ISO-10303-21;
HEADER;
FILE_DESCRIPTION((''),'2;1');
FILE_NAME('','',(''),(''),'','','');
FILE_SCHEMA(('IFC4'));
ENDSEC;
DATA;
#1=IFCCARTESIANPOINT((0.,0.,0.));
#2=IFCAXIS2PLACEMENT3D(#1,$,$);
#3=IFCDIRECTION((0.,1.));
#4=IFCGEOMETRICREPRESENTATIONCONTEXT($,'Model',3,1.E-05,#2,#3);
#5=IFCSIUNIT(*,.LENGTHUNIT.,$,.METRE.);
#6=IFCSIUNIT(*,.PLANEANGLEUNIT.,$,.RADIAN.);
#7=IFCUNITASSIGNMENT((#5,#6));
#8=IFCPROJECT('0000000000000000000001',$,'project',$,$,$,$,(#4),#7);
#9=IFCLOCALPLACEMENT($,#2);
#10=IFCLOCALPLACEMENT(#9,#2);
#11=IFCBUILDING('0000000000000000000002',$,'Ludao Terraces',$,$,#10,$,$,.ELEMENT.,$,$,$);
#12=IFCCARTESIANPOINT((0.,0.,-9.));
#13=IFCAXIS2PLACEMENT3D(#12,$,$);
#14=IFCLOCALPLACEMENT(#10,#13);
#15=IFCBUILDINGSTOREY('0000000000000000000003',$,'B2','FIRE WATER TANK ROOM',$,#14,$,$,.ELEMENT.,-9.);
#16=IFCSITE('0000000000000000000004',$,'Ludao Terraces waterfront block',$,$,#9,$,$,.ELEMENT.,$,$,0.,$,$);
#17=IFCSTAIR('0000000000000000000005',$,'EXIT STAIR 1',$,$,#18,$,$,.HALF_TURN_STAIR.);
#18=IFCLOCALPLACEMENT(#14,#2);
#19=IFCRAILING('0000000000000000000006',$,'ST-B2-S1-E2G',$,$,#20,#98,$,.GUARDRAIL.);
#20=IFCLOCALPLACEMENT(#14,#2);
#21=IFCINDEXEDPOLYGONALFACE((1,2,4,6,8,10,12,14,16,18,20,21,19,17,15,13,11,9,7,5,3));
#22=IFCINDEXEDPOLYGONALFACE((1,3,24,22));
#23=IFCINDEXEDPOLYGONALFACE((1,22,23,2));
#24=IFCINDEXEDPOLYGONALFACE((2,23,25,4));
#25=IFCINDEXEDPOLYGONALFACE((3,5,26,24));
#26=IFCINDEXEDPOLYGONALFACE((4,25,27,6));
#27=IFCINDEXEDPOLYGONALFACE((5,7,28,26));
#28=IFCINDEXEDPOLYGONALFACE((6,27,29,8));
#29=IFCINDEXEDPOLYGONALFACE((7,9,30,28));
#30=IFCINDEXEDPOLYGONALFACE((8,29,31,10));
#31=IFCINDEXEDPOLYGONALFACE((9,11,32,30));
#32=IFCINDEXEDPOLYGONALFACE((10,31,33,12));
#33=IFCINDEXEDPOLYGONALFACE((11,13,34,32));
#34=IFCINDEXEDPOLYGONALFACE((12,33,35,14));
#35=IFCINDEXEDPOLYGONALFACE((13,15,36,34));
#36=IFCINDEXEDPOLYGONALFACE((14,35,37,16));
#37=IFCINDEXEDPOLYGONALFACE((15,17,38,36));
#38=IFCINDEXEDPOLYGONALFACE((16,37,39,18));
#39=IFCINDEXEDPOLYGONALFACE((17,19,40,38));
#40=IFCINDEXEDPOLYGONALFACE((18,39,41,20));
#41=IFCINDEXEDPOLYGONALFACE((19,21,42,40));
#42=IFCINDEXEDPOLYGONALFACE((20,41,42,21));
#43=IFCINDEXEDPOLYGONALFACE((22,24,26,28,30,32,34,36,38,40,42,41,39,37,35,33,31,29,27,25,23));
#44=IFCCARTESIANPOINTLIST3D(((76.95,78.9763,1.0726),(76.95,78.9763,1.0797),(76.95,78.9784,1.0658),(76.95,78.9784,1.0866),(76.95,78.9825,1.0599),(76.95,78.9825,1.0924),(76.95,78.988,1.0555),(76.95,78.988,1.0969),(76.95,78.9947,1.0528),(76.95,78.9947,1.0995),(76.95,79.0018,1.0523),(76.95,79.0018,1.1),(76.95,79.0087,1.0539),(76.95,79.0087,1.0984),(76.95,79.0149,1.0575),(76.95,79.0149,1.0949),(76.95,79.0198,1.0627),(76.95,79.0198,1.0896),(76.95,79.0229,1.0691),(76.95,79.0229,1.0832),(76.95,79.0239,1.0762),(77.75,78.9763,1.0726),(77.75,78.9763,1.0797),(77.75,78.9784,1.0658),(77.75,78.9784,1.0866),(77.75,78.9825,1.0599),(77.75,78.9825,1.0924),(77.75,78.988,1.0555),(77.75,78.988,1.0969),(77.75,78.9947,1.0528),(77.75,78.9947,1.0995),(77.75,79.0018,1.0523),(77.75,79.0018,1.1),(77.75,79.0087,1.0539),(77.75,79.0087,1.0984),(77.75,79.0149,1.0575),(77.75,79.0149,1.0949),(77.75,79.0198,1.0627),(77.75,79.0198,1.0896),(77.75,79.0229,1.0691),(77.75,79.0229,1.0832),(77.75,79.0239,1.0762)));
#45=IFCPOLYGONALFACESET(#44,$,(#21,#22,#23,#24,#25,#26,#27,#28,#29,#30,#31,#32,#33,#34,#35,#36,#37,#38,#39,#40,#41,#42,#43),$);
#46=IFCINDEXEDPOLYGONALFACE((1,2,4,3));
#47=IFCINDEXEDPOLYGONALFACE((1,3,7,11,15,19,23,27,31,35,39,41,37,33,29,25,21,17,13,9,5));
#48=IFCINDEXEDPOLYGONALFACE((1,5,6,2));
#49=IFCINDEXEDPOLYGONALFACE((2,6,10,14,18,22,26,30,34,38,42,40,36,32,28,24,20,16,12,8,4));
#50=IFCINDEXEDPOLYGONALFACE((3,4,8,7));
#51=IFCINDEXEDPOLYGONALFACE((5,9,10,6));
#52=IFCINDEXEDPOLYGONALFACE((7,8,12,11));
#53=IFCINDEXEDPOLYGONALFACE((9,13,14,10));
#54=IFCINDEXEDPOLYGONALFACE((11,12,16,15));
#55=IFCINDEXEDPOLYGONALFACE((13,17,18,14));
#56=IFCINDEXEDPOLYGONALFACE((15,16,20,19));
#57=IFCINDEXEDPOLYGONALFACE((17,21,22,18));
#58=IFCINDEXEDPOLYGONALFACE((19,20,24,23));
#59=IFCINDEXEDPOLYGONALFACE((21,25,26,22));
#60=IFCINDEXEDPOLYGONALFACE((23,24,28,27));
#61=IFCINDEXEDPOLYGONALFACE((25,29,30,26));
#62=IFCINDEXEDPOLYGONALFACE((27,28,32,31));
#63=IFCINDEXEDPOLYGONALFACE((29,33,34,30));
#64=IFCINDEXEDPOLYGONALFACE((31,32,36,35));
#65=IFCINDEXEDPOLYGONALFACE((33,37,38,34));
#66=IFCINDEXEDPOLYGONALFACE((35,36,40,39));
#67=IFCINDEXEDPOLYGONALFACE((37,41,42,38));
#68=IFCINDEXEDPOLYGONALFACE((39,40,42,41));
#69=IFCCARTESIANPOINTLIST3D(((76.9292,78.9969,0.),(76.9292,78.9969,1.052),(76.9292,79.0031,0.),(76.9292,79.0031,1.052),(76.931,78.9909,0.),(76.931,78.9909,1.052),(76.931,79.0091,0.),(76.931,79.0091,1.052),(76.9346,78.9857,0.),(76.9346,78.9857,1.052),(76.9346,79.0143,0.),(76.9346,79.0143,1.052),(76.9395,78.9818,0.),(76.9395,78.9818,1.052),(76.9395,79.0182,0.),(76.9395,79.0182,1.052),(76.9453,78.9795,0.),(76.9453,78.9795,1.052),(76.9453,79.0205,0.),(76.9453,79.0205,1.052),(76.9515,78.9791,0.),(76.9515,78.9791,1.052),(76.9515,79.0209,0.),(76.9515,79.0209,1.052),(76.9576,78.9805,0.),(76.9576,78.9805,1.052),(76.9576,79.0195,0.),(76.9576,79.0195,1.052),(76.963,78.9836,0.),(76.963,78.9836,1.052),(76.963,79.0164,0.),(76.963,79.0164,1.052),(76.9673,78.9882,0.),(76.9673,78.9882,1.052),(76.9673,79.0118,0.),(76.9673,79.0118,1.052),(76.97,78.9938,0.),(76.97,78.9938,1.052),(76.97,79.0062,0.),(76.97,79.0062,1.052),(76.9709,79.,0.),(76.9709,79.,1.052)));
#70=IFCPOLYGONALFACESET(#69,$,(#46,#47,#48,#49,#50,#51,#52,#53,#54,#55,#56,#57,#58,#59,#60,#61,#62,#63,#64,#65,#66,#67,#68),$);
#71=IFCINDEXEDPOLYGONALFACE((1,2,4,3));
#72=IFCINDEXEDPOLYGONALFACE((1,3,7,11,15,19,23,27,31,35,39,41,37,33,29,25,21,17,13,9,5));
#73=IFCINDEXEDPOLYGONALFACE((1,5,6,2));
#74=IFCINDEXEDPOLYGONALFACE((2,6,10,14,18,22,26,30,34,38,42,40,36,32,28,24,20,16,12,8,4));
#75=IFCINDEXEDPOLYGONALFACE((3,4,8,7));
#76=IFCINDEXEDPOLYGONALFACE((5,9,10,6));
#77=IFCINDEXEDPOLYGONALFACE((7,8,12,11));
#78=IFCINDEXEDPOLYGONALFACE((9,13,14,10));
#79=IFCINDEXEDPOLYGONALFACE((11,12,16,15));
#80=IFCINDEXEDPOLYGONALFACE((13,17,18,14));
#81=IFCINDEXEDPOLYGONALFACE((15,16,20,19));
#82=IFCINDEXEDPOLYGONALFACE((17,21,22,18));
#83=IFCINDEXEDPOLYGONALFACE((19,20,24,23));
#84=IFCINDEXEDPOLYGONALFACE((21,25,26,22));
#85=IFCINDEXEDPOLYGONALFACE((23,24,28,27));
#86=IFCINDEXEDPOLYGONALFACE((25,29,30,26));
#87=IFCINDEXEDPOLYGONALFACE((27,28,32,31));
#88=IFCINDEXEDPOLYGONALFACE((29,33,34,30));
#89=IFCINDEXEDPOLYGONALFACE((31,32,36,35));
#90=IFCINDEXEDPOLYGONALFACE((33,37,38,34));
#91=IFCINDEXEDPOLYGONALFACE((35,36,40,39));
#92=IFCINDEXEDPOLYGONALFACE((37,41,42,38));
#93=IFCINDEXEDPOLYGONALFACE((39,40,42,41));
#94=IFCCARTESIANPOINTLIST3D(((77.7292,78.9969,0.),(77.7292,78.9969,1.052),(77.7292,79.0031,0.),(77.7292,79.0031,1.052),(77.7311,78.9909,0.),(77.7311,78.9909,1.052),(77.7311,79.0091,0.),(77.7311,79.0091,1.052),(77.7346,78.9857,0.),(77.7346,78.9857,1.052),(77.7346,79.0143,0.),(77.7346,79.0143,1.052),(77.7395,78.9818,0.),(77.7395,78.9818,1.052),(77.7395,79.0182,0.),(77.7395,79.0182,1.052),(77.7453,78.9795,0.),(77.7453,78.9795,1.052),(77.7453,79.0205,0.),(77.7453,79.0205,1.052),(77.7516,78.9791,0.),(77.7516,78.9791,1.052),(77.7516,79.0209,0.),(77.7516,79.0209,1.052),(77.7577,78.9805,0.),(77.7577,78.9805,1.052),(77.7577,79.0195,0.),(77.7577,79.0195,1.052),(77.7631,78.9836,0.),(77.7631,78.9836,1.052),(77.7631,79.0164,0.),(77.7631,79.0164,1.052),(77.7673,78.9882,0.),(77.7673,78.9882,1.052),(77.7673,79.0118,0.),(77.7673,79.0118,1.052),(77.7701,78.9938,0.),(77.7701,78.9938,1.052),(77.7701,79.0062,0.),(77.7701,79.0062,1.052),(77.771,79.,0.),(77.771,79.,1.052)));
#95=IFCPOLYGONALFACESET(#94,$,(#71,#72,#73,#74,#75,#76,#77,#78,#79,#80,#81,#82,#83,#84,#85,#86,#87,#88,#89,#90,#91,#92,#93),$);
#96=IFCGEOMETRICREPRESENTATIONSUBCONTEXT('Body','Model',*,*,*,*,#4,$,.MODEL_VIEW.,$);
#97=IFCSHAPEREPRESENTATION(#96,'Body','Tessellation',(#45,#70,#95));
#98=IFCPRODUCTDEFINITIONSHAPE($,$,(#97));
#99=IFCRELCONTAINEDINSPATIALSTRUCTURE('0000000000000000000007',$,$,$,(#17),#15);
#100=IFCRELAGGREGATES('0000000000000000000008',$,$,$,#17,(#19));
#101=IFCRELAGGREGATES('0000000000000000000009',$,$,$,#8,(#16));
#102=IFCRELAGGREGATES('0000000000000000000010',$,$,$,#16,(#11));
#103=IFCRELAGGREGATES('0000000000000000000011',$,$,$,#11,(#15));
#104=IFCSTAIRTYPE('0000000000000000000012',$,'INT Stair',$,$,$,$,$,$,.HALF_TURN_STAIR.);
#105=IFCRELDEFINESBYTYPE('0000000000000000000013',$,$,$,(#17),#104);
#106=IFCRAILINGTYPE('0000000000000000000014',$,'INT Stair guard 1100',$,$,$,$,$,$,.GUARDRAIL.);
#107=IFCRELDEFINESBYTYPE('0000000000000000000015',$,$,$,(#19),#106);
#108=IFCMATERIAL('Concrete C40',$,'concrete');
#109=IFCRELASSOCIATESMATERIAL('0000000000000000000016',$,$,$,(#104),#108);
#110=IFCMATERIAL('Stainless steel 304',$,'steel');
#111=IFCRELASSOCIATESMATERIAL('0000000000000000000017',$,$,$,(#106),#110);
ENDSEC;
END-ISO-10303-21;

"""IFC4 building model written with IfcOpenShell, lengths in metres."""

from ifc_helpers import new_model, si_unit, direction, frame, origin, origin_2d, place, context, subcontext, project, spatial, circle, extrude, material, type_object, element, aggregate, save


model = new_model("IFC4")

# Units and contexts
model_context = context("Model", 3, precision=1e-05, world=origin(), true_north=direction((0.0, 1.0)))
body_context = subcontext(model_context, "Body", "Model", "MODEL_VIEW")
ifc_project = project(units=[si_unit("LENGTHUNIT", "METRE"), si_unit("PLANEANGLEUNIT", "RADIAN")], contexts=[model_context])

# Site, building, storey
site_placement = place(None, origin())
site = spatial("IfcSite", under=ifc_project, at=site_placement, Name="Ludao Terraces waterfront block", CompositionType="ELEMENT", RefElevation=0.0)
building_placement = place(site_placement, origin())
building = spatial("IfcBuilding", under=site, at=building_placement, Name="Ludao Terraces", CompositionType="ELEMENT")
storey_placement = place(building_placement, frame((0.0, 0.0, -9.0)))
storey = spatial("IfcBuildingStorey", under=building, at=storey_placement, Name="B2", Description="FIRE WATER TANK ROOM", CompositionType="ELEMENT", Elevation=-9.0)

# Shared definitions
ifc_material_1 = material(Name="Concrete C40", Category="concrete")

# Shared definitions
ifc_material_2 = material(Name="Stainless steel 304", Category="steel")

# Stair, railing
stair_type = type_object("IfcStairType", Name="INT Stair", PredefinedType="HALF_TURN_STAIR", material=ifc_material_1)
stair_placement = place(storey_placement, origin())
stair = element("IfcStair", 1, at=stair_placement, inside=storey, type_object=stair_type, Name="EXIT STAIR 1", PredefinedType="HALF_TURN_STAIR")
railing_type_1 = type_object("IfcRailingType", Name="INT Stair guard 1100", PredefinedType="GUARDRAIL", material=ifc_material_2)
railing_1_placement = place(storey_placement, frame((76.95, 79.0, 0.0)))
railing_1 = element("IfcRailing", 2, at=railing_1_placement, type_object=railing_type_1, Name="ST-B2-S1-E2G", PredefinedType="GUARDRAIL", context=body_context, shape_type="SweptSolid", body=[
    extrude(circle(Radius=0.0239, at=origin_2d()), frame((0.0, 0.0, 1.0762), z_axis=(1.0, 0.0, 0.0), x_axis=(0.0, 1.0, 0.0)), (0.0, 0.0, 1.0), 0.8),
    extrude(circle(Radius=0.021, at=origin_2d()), origin(), (0.0, 0.0, 1.0), 1.052),
    extrude(circle(Radius=0.021, at=origin_2d()), frame((0.8, 0.0, 0.0)), (0.0, 0.0, 1.0), 1.052),
])
aggregate(stair, [railing_1])

save(model, "model.ifc")
